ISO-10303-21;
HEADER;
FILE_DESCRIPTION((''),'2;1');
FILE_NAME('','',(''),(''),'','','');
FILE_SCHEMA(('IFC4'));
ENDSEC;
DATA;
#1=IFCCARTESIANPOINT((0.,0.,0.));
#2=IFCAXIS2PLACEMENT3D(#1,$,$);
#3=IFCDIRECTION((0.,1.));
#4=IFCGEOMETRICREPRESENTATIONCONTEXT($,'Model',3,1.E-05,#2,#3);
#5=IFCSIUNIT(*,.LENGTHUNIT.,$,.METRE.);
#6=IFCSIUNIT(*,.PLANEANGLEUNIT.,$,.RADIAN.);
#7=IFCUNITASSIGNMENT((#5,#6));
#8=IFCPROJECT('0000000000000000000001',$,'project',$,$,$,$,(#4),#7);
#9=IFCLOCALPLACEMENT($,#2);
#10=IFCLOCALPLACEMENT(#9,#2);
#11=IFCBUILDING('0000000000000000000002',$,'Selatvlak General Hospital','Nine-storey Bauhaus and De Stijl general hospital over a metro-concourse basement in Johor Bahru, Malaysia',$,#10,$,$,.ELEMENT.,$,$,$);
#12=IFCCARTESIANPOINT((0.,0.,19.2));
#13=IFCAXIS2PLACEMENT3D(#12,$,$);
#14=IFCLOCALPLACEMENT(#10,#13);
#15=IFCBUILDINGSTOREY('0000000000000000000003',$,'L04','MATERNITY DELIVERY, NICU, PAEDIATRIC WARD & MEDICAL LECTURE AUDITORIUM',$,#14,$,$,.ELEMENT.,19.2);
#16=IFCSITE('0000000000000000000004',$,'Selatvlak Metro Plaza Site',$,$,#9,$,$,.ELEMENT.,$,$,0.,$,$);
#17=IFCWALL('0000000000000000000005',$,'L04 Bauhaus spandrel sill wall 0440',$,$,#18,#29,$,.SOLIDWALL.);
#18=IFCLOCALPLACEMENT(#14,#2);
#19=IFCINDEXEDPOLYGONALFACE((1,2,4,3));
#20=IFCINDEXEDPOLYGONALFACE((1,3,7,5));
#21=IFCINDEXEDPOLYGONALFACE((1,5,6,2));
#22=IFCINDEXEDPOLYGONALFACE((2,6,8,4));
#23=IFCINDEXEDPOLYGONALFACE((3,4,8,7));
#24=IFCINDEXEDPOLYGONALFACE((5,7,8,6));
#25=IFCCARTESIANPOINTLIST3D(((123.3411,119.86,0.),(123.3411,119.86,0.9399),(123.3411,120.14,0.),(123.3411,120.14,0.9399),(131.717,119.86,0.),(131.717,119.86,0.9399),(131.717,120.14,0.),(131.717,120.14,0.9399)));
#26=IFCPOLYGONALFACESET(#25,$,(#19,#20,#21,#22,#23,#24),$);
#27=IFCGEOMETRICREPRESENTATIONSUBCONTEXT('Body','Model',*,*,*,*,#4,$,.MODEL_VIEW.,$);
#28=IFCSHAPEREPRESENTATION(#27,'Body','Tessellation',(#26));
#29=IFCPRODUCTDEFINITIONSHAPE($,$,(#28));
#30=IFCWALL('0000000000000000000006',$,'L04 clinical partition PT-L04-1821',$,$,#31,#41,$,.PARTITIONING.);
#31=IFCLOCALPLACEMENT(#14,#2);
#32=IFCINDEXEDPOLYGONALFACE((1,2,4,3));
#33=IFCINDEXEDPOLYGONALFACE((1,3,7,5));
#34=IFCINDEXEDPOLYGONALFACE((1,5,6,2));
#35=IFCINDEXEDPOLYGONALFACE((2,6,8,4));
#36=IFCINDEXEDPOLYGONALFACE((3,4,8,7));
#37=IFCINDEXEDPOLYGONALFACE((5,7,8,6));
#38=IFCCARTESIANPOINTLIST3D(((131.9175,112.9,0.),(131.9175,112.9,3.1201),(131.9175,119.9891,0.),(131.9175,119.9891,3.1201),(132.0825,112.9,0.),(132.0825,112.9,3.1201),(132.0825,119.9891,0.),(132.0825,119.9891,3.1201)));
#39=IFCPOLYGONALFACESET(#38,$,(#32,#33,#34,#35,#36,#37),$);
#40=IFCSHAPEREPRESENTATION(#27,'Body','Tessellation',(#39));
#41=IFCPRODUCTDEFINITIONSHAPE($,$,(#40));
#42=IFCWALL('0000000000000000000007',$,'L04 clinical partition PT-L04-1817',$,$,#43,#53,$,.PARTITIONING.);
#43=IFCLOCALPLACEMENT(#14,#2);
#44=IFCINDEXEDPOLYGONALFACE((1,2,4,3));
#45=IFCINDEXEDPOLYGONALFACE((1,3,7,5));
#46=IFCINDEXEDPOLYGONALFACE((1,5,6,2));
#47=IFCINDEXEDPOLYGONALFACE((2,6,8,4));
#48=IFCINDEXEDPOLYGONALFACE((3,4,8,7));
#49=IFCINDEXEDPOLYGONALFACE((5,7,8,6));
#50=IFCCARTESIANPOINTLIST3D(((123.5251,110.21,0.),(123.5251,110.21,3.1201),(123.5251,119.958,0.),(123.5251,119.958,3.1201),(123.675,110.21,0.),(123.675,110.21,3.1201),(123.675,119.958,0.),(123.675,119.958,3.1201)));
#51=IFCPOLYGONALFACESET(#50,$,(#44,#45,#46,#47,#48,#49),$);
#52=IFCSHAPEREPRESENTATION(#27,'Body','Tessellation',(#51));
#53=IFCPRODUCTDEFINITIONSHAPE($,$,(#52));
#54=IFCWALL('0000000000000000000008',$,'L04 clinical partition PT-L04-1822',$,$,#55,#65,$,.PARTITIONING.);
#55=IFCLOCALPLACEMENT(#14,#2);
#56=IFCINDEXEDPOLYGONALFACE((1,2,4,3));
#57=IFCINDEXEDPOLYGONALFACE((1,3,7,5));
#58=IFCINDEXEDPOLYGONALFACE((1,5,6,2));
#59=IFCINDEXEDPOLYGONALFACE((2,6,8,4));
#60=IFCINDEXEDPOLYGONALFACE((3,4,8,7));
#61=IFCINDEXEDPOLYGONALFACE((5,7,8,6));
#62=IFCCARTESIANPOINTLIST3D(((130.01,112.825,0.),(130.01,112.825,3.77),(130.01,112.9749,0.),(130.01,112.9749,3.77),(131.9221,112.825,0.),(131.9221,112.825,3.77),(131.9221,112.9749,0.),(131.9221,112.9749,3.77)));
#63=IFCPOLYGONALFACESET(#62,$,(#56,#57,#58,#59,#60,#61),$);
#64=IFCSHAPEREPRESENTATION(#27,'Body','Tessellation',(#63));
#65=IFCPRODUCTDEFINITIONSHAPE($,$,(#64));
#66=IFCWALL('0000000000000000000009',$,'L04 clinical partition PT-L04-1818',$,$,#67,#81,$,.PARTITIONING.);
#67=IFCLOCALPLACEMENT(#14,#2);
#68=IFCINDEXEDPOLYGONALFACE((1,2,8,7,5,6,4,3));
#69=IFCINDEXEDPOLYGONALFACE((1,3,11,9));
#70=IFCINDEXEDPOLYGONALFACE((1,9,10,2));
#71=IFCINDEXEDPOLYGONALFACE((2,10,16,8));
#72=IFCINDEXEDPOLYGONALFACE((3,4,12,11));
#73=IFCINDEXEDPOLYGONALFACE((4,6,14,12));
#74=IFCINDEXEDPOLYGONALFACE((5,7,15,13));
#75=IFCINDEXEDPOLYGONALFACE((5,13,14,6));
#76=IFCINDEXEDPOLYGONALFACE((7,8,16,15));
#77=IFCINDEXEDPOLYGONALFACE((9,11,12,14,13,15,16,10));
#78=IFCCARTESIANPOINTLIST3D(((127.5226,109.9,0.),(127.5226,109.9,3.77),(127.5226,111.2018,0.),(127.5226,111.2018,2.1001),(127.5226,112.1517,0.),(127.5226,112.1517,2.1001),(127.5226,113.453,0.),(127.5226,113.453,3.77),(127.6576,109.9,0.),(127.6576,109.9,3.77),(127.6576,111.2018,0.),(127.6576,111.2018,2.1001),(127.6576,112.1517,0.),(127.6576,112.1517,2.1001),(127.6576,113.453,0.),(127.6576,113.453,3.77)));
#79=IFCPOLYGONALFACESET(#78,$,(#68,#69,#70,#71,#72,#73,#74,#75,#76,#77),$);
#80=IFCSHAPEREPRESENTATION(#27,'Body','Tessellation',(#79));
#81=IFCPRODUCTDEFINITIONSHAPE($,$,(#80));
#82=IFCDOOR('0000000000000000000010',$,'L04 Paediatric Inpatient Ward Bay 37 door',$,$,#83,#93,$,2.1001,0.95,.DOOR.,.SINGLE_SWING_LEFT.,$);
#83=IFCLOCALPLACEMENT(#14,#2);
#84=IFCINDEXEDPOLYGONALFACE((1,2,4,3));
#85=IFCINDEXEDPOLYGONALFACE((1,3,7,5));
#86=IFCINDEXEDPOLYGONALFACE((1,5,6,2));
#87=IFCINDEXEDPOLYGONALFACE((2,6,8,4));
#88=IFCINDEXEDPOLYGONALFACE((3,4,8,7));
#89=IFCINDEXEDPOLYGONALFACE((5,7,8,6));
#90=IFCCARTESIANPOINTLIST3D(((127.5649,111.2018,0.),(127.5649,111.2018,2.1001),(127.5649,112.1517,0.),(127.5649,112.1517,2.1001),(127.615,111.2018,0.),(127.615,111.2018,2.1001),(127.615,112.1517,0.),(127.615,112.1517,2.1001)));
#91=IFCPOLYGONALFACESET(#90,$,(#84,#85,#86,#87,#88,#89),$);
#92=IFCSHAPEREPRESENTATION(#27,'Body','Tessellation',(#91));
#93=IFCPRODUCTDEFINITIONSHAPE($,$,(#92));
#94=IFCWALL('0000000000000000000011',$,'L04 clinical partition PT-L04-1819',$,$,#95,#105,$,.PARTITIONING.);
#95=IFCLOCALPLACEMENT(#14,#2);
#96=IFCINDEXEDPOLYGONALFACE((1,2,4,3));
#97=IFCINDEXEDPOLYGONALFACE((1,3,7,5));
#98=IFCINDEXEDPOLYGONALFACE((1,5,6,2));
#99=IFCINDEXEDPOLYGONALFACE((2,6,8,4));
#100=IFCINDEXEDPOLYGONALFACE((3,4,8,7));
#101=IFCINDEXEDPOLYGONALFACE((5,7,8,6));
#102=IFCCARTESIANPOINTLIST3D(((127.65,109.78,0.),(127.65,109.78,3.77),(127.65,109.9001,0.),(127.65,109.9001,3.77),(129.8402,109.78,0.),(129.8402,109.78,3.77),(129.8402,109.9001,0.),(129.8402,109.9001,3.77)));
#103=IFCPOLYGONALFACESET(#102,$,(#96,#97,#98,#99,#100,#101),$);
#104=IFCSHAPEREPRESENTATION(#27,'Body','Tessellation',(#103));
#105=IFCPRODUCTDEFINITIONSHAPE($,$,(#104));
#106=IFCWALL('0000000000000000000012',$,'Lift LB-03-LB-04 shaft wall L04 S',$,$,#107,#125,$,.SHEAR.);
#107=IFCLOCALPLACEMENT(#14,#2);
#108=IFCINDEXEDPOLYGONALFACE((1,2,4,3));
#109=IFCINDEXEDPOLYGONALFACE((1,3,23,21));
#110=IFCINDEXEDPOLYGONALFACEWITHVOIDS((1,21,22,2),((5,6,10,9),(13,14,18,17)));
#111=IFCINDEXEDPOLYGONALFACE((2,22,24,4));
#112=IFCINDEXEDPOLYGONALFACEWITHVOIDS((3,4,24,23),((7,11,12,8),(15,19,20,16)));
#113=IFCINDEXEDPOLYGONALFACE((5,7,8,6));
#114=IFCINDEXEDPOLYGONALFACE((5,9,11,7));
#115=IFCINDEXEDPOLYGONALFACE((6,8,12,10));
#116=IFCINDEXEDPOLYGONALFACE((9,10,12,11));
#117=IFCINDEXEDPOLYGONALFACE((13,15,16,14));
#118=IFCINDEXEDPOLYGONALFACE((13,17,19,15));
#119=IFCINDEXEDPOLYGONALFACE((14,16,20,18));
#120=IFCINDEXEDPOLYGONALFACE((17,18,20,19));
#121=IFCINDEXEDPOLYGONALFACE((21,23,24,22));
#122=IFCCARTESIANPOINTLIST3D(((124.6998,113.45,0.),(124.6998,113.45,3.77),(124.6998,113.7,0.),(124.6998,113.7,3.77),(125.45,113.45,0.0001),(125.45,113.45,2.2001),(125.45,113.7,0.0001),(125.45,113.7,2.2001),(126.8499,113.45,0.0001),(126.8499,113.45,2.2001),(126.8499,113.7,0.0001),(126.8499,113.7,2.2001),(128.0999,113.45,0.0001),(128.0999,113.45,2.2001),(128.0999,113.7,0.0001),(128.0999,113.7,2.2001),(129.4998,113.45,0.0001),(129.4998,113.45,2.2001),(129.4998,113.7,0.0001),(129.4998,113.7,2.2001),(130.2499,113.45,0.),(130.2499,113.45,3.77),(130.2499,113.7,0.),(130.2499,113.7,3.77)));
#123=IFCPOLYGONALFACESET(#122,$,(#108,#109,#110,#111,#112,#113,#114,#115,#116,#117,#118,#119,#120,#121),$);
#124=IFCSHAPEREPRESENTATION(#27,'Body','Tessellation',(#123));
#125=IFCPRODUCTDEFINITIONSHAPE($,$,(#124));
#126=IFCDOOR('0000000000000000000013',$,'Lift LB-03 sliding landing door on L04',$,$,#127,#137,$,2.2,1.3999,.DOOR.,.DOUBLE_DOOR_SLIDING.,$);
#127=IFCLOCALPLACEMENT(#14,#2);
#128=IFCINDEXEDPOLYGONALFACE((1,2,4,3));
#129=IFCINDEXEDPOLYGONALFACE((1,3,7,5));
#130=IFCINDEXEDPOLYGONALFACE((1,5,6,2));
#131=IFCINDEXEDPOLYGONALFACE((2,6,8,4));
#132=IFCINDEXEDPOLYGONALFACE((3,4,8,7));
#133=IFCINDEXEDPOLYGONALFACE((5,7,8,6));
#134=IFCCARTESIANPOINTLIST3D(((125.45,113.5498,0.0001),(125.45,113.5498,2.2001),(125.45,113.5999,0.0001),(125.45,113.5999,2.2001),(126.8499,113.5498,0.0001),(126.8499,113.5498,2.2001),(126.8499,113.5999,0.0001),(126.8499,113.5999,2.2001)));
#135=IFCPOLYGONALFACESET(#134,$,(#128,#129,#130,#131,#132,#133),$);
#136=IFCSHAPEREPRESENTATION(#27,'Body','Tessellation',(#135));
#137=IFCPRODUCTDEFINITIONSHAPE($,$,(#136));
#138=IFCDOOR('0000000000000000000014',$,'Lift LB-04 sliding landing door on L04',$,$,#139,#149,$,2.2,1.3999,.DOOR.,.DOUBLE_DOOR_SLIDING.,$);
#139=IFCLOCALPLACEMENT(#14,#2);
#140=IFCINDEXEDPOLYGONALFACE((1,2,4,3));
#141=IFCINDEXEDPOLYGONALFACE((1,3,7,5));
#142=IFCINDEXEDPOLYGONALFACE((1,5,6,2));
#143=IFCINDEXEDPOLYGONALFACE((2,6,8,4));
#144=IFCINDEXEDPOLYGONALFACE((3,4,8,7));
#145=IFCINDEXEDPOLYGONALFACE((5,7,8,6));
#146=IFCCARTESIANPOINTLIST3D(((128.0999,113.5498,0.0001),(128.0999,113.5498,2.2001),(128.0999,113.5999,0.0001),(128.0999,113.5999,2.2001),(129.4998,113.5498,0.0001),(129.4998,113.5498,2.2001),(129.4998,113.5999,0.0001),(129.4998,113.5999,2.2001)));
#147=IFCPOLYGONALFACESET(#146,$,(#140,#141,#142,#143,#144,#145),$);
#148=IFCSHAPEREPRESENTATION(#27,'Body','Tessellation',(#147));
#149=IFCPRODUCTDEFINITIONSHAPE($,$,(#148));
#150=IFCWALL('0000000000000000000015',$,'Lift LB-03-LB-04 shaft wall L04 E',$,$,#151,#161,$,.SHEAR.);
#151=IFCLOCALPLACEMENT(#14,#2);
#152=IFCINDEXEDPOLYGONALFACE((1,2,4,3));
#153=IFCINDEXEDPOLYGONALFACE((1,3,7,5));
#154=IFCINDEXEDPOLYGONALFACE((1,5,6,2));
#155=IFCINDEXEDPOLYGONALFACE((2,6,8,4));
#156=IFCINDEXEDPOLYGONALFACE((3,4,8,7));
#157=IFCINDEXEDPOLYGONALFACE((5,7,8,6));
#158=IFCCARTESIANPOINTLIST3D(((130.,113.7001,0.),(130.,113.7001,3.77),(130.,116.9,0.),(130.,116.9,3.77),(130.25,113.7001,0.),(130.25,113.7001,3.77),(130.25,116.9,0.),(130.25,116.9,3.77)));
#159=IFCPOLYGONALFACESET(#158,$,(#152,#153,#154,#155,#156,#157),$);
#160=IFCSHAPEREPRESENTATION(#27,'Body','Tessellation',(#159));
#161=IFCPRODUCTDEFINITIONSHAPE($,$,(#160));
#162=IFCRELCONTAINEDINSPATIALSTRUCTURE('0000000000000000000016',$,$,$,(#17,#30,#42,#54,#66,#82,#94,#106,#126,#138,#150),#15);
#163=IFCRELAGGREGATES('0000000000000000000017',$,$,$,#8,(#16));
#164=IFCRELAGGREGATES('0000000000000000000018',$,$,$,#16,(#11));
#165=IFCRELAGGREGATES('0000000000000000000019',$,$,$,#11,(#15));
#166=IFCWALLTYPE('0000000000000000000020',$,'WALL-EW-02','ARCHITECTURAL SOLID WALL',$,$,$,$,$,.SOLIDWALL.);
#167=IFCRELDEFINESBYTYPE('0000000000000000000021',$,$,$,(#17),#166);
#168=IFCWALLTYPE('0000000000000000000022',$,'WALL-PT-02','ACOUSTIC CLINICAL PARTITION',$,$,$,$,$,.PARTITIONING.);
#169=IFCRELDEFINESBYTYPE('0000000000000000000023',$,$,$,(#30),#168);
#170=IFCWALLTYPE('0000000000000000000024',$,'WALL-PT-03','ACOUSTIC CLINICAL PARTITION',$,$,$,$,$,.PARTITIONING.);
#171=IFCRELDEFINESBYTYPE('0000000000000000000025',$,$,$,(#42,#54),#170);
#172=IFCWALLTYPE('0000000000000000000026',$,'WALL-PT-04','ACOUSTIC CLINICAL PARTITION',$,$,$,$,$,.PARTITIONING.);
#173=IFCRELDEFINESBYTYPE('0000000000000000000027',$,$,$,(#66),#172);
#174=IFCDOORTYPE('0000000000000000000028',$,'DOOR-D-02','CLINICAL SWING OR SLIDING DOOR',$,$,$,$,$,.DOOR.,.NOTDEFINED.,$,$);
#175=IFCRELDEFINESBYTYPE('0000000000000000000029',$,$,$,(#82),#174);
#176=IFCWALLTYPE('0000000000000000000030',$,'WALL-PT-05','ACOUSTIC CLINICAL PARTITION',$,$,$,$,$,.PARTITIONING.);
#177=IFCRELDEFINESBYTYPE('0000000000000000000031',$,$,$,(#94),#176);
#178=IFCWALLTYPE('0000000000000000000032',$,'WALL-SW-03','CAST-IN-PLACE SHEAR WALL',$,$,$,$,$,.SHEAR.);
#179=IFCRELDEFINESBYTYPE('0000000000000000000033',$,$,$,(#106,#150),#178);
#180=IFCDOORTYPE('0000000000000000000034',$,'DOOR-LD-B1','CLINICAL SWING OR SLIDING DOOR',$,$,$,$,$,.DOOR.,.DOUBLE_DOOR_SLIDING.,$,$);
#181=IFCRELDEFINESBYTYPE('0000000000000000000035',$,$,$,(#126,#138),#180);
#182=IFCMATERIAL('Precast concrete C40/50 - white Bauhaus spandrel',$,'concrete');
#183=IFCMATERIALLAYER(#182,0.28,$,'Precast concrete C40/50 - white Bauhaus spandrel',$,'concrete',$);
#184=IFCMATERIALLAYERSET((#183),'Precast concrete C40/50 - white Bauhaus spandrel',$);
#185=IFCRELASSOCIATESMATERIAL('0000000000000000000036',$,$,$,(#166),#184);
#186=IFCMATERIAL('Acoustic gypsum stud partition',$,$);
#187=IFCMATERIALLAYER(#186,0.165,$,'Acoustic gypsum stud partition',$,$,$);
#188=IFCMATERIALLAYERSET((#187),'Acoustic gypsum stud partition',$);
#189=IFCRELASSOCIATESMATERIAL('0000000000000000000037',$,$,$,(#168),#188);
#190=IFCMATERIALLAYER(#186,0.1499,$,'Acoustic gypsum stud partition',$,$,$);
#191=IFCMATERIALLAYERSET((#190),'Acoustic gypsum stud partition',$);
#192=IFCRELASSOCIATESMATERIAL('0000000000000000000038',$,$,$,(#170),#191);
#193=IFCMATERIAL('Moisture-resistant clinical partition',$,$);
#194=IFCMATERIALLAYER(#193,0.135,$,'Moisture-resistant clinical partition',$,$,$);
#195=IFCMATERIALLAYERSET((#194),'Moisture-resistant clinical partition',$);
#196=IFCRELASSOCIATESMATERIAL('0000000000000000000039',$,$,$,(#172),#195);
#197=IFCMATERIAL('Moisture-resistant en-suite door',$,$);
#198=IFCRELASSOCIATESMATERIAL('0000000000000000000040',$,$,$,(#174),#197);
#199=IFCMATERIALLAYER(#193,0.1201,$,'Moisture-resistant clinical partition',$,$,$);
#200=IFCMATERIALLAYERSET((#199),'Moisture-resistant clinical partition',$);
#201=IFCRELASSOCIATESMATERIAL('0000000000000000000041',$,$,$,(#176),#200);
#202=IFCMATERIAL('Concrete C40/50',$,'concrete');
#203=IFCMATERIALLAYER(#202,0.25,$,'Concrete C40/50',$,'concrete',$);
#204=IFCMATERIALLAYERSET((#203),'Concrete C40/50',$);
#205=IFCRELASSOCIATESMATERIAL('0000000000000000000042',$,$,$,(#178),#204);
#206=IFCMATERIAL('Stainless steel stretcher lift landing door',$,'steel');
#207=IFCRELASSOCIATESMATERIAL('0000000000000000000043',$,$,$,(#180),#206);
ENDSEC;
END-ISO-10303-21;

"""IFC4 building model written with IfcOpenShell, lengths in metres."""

from ifc_helpers import new_model, si_unit, direction, frame, frame_2d, origin, place, context, subcontext, project, spatial, rectangle, extrude, material, layer, layer_set, type_object, element, fill, save


model = new_model("IFC4")

# Units and contexts
model_context = context("Model", 3, precision=1e-05, world=origin(), true_north=direction((0.0, 1.0)))
body_context = subcontext(model_context, "Body", "Model", "MODEL_VIEW")
ifc_project = project(units=[si_unit("LENGTHUNIT", "METRE"), si_unit("PLANEANGLEUNIT", "RADIAN")], contexts=[model_context])

# Site, building, storey
site_placement = place(None, origin())
site = spatial("IfcSite", under=ifc_project, at=site_placement, Name="Selatvlak Metro Plaza Site", CompositionType="ELEMENT", RefElevation=0.0)
building_placement = place(site_placement, origin())
building = spatial("IfcBuilding", under=site, at=building_placement, Name="Selatvlak General Hospital", Description="Nine-storey Bauhaus and De Stijl general hospital over a metro-concourse basement in Johor Bahru, Malaysia", CompositionType="ELEMENT")
storey_placement = place(building_placement, frame((0.0, 0.0, 19.2)))
storey = spatial("IfcBuildingStorey", under=building, at=storey_placement, Name="L04", Description="MATERNITY DELIVERY, NICU, PAEDIATRIC WARD & MEDICAL LECTURE AUDITORIUM", CompositionType="ELEMENT", Elevation=19.2)

# Shared definitions
ifc_material_1 = material(Name="Concrete C40/50", Category="concrete")

# Walls
ifc_material_2 = material(Name="Precast concrete C40/50 - white Bauhaus spandrel", Category="concrete")
ifc_layer_1 = layer(ifc_material_2, 0.28, Name="Precast concrete C40/50 - white Bauhaus spandrel", Category="concrete")
ifc_layer_set_1 = layer_set([ifc_layer_1], Name="Precast concrete C40/50 - white Bauhaus spandrel")
wall_type_1 = type_object("IfcWallType", Name="WALL-EW-02", Description="ARCHITECTURAL SOLID WALL", PredefinedType="SOLIDWALL", material=ifc_layer_set_1)
wall_1_placement = place(storey_placement, frame((123.3411, 120.0, 0.0), z_axis=(0.0, 0.0, 1.0), x_axis=(1.0, 0.0, 0.0)))
element("IfcWall", 1, at=wall_1_placement, inside=storey, type_object=wall_type_1, Name="L04 Bauhaus spandrel sill wall 0440", PredefinedType="SOLIDWALL", context=body_context, shape_type="SweptSolid", body=[
    extrude(rectangle(XDim=8.376, YDim=0.28, at=frame_2d((4.188, 0.0))), origin(), (0.0, 0.0, 1.0), 0.9399),
])
ifc_material_3 = material(Name="Acoustic gypsum stud partition")
ifc_layer_2 = layer(ifc_material_3, 0.165, Name="Acoustic gypsum stud partition")
ifc_layer_set_2 = layer_set([ifc_layer_2], Name="Acoustic gypsum stud partition")
wall_type_2 = type_object("IfcWallType", Name="WALL-PT-02", Description="ACOUSTIC CLINICAL PARTITION", PredefinedType="PARTITIONING", material=ifc_layer_set_2)
wall_2_placement = place(storey_placement, frame((132.0, 119.989, 0.0), z_axis=(0.0, 0.0, 1.0), x_axis=(0.0, -1.0, 0.0)))
element("IfcWall", 2, at=wall_2_placement, inside=storey, type_object=wall_type_2, Name="L04 clinical partition PT-L04-1821", PredefinedType="PARTITIONING", context=body_context, shape_type="SweptSolid", body=[
    extrude(rectangle(XDim=7.0891, YDim=0.165, at=frame_2d((3.5444, 0.0))), origin(), (0.0, 0.0, 1.0), 3.1201),
])
ifc_layer_3 = layer(ifc_material_3, 0.1499, Name="Acoustic gypsum stud partition")
ifc_layer_set_3 = layer_set([ifc_layer_3], Name="Acoustic gypsum stud partition")
wall_type_3 = type_object("IfcWallType", Name="WALL-PT-03", Description="ACOUSTIC CLINICAL PARTITION", PredefinedType="PARTITIONING", material=ifc_layer_set_3)
wall_3_placement = place(storey_placement, frame((123.6001, 119.958, 0.0), z_axis=(0.0, 0.0, 1.0), x_axis=(0.0, -1.0, 0.0)))
element("IfcWall", 3, at=wall_3_placement, inside=storey, type_object=wall_type_3, Name="L04 clinical partition PT-L04-1817", PredefinedType="PARTITIONING", context=body_context, shape_type="SweptSolid", body=[
    extrude(rectangle(XDim=9.748, YDim=0.1499, at=frame_2d((4.874, 0.0))), origin(), (0.0, 0.0, 1.0), 3.1201),
])
wall_4_placement = place(storey_placement, frame((131.9221, 112.8999, 0.0), z_axis=(0.0, 0.0, 1.0), x_axis=(-1.0, 0.0, 0.0)))
element("IfcWall", 4, at=wall_4_placement, inside=storey, type_object=wall_type_3, Name="L04 clinical partition PT-L04-1822", PredefinedType="PARTITIONING", context=body_context, shape_type="SweptSolid", body=[
    extrude(rectangle(XDim=1.9121, YDim=0.1499, at=frame_2d((0.9561, 0.0))), origin(), (0.0, 0.0, 1.0), 3.77),
])

# Wall, opening, door
ifc_material_4 = material(Name="Moisture-resistant clinical partition")
ifc_layer_4 = layer(ifc_material_4, 0.135, Name="Moisture-resistant clinical partition")
ifc_layer_set_4 = layer_set([ifc_layer_4], Name="Moisture-resistant clinical partition")
wall_type_4 = type_object("IfcWallType", Name="WALL-PT-04", Description="ACOUSTIC CLINICAL PARTITION", PredefinedType="PARTITIONING", material=ifc_layer_set_4)
wall_5_placement = place(storey_placement, frame((127.5901, 113.4529, 0.0), z_axis=(0.0, 0.0, 1.0), x_axis=(0.0, -1.0, 0.0)))
wall_5 = element("IfcWall", 5, at=wall_5_placement, inside=storey, type_object=wall_type_4, Name="L04 clinical partition PT-L04-1818", PredefinedType="PARTITIONING", context=body_context, shape_type="SweptSolid", body=[
    extrude(rectangle(XDim=3.553, YDim=0.135, at=frame_2d((1.7764, 0.0))), origin(), (0.0, 0.0, 1.0), 3.77),
])
opening_1_placement = place(wall_5_placement, frame((1.301, 0.0, 0.0)))
opening_1 = element("IfcOpeningElement", 6, at=opening_1_placement, cuts=wall_5, PredefinedType="OPENING", context=body_context, shape_type="SweptSolid", body=[
    extrude(rectangle(XDim=0.95, YDim=2.1001, at=frame_2d((0.4751, 1.05))), frame((0.0, 0.0774, 0.0), z_axis=(0.0, -1.0, 0.0), x_axis=(1.0, 0.0, 0.0)), (0.0, 0.0, 1.0), 0.155),
])
ifc_material_5 = material(Name="Moisture-resistant en-suite door")
door_type_1 = type_object("IfcDoorType", Name="DOOR-D-02", Description="CLINICAL SWING OR SLIDING DOOR", OperationType="NOTDEFINED", PredefinedType="DOOR", material=ifc_material_5)
door_1_placement = place(opening_1_placement, origin())
door_1 = element("IfcDoor", 7, at=door_1_placement, inside=storey, type_object=door_type_1, Name="L04 Paediatric Inpatient Ward Bay 37 door", OperationType="SINGLE_SWING_LEFT", OverallHeight=2.1001, OverallWidth=0.95, PredefinedType="DOOR", context=body_context, shape_type="SweptSolid", body=[
    extrude(rectangle(XDim=0.95, YDim=2.1001, at=frame_2d((0.4751, 1.05))), frame((0.0, 0.0249, 0.0), z_axis=(0.0, -1.0, 0.0), x_axis=(1.0, 0.0, 0.0)), (0.0, 0.0, 1.0), 0.05),
])
fill(opening_1, door_1)

# Wall
ifc_layer_5 = layer(ifc_material_4, 0.1201, Name="Moisture-resistant clinical partition")
ifc_layer_set_5 = layer_set([ifc_layer_5], Name="Moisture-resistant clinical partition")
wall_type_5 = type_object("IfcWallType", Name="WALL-PT-05", Description="ACOUSTIC CLINICAL PARTITION", PredefinedType="PARTITIONING", material=ifc_layer_set_5)
wall_6_placement = place(storey_placement, frame((127.6499, 109.8401, 0.0), z_axis=(0.0, 0.0, 1.0), x_axis=(1.0, 0.0, 0.0)))
element("IfcWall", 8, at=wall_6_placement, inside=storey, type_object=wall_type_5, Name="L04 clinical partition PT-L04-1819", PredefinedType="PARTITIONING", context=body_context, shape_type="SweptSolid", body=[
    extrude(rectangle(XDim=2.1902, YDim=0.1201, at=frame_2d((1.0952, 0.0))), origin(), (0.0, 0.0, 1.0), 3.77),
])

# Wall, openings, doors
ifc_layer_6 = layer(ifc_material_1, 0.25, Name="Concrete C40/50", Category="concrete")
ifc_layer_set_6 = layer_set([ifc_layer_6], Name="Concrete C40/50")
wall_type_6 = type_object("IfcWallType", Name="WALL-SW-03", Description="CAST-IN-PLACE SHEAR WALL", PredefinedType="SHEAR", material=ifc_layer_set_6)
wall_7_placement = place(storey_placement, frame((124.7, 113.575, 0.0), z_axis=(0.0, 0.0, 1.0), x_axis=(1.0, 0.0, 0.0)))
wall_7 = element("IfcWall", 9, at=wall_7_placement, inside=storey, type_object=wall_type_6, Name="Lift LB-03-LB-04 shaft wall L04 S", PredefinedType="SHEAR", context=body_context, shape_type="SweptSolid", body=[
    extrude(rectangle(XDim=5.55, YDim=0.25, at=frame_2d((2.7749, 0.0))), origin(), (0.0, 0.0, 1.0), 3.77),
])
opening_2_placement = place(wall_7_placement, frame((0.75, 0.0, 0.0)))
opening_2 = element("IfcOpeningElement", 10, at=opening_2_placement, cuts=wall_7, PredefinedType="OPENING", context=body_context, shape_type="SweptSolid", body=[
    extrude(rectangle(XDim=1.3999, YDim=2.2, at=frame_2d((0.7, 1.1001))), frame((0.0, 0.135, 0.0), z_axis=(0.0, -1.0, 0.0), x_axis=(1.0, 0.0, 0.0)), (0.0, 0.0, 1.0), 0.27),
])
opening_3_placement = place(wall_7_placement, frame((3.3999, 0.0, 0.0)))
opening_3 = element("IfcOpeningElement", 11, at=opening_3_placement, cuts=wall_7, PredefinedType="OPENING", context=body_context, shape_type="SweptSolid", body=[
    extrude(rectangle(XDim=1.3999, YDim=2.2, at=frame_2d((0.7, 1.1001))), frame((0.0, 0.135, 0.0), z_axis=(0.0, -1.0, 0.0), x_axis=(1.0, 0.0, 0.0)), (0.0, 0.0, 1.0), 0.27),
])
ifc_material_6 = material(Name="Stainless steel stretcher lift landing door", Category="steel")
door_type_2 = type_object("IfcDoorType", Name="DOOR-LD-B1", Description="CLINICAL SWING OR SLIDING DOOR", OperationType="DOUBLE_DOOR_SLIDING", PredefinedType="DOOR", material=ifc_material_6)
door_2_placement = place(opening_2_placement, origin())
door_2 = element("IfcDoor", 12, at=door_2_placement, inside=storey, type_object=door_type_2, Name="Lift LB-03 sliding landing door on L04", OperationType="DOUBLE_DOOR_SLIDING", OverallHeight=2.2, OverallWidth=1.3999, PredefinedType="DOOR", context=body_context, shape_type="SweptSolid", body=[
    extrude(rectangle(XDim=1.3999, YDim=2.2, at=frame_2d((0.7, 1.1001))), frame((0.0, 0.0249, 0.0), z_axis=(0.0, -1.0, 0.0), x_axis=(1.0, 0.0, 0.0)), (0.0, 0.0, 1.0), 0.05),
])
fill(opening_2, door_2)
door_3_placement = place(opening_3_placement, origin())
door_3 = element("IfcDoor", 13, at=door_3_placement, inside=storey, type_object=door_type_2, Name="Lift LB-04 sliding landing door on L04", OperationType="DOUBLE_DOOR_SLIDING", OverallHeight=2.2, OverallWidth=1.3999, PredefinedType="DOOR", context=body_context, shape_type="SweptSolid", body=[
    extrude(rectangle(XDim=1.3999, YDim=2.2, at=frame_2d((0.7, 1.1001))), frame((0.0, 0.0249, 0.0), z_axis=(0.0, -1.0, 0.0), x_axis=(1.0, 0.0, 0.0)), (0.0, 0.0, 1.0), 0.05),
])
fill(opening_3, door_3)

# Wall
wall_8_placement = place(storey_placement, frame((130.125, 113.7, 0.0), z_axis=(0.0, 0.0, 1.0), x_axis=(0.0, 1.0, 0.0)))
element("IfcWall", 14, at=wall_8_placement, inside=storey, type_object=wall_type_6, Name="Lift LB-03-LB-04 shaft wall L04 E", PredefinedType="SHEAR", context=body_context, shape_type="SweptSolid", body=[
    extrude(rectangle(XDim=3.2, YDim=0.25, at=frame_2d((1.6001, 0.0))), origin(), (0.0, 0.0, 1.0), 3.77),
])

save(model, "model.ifc")
